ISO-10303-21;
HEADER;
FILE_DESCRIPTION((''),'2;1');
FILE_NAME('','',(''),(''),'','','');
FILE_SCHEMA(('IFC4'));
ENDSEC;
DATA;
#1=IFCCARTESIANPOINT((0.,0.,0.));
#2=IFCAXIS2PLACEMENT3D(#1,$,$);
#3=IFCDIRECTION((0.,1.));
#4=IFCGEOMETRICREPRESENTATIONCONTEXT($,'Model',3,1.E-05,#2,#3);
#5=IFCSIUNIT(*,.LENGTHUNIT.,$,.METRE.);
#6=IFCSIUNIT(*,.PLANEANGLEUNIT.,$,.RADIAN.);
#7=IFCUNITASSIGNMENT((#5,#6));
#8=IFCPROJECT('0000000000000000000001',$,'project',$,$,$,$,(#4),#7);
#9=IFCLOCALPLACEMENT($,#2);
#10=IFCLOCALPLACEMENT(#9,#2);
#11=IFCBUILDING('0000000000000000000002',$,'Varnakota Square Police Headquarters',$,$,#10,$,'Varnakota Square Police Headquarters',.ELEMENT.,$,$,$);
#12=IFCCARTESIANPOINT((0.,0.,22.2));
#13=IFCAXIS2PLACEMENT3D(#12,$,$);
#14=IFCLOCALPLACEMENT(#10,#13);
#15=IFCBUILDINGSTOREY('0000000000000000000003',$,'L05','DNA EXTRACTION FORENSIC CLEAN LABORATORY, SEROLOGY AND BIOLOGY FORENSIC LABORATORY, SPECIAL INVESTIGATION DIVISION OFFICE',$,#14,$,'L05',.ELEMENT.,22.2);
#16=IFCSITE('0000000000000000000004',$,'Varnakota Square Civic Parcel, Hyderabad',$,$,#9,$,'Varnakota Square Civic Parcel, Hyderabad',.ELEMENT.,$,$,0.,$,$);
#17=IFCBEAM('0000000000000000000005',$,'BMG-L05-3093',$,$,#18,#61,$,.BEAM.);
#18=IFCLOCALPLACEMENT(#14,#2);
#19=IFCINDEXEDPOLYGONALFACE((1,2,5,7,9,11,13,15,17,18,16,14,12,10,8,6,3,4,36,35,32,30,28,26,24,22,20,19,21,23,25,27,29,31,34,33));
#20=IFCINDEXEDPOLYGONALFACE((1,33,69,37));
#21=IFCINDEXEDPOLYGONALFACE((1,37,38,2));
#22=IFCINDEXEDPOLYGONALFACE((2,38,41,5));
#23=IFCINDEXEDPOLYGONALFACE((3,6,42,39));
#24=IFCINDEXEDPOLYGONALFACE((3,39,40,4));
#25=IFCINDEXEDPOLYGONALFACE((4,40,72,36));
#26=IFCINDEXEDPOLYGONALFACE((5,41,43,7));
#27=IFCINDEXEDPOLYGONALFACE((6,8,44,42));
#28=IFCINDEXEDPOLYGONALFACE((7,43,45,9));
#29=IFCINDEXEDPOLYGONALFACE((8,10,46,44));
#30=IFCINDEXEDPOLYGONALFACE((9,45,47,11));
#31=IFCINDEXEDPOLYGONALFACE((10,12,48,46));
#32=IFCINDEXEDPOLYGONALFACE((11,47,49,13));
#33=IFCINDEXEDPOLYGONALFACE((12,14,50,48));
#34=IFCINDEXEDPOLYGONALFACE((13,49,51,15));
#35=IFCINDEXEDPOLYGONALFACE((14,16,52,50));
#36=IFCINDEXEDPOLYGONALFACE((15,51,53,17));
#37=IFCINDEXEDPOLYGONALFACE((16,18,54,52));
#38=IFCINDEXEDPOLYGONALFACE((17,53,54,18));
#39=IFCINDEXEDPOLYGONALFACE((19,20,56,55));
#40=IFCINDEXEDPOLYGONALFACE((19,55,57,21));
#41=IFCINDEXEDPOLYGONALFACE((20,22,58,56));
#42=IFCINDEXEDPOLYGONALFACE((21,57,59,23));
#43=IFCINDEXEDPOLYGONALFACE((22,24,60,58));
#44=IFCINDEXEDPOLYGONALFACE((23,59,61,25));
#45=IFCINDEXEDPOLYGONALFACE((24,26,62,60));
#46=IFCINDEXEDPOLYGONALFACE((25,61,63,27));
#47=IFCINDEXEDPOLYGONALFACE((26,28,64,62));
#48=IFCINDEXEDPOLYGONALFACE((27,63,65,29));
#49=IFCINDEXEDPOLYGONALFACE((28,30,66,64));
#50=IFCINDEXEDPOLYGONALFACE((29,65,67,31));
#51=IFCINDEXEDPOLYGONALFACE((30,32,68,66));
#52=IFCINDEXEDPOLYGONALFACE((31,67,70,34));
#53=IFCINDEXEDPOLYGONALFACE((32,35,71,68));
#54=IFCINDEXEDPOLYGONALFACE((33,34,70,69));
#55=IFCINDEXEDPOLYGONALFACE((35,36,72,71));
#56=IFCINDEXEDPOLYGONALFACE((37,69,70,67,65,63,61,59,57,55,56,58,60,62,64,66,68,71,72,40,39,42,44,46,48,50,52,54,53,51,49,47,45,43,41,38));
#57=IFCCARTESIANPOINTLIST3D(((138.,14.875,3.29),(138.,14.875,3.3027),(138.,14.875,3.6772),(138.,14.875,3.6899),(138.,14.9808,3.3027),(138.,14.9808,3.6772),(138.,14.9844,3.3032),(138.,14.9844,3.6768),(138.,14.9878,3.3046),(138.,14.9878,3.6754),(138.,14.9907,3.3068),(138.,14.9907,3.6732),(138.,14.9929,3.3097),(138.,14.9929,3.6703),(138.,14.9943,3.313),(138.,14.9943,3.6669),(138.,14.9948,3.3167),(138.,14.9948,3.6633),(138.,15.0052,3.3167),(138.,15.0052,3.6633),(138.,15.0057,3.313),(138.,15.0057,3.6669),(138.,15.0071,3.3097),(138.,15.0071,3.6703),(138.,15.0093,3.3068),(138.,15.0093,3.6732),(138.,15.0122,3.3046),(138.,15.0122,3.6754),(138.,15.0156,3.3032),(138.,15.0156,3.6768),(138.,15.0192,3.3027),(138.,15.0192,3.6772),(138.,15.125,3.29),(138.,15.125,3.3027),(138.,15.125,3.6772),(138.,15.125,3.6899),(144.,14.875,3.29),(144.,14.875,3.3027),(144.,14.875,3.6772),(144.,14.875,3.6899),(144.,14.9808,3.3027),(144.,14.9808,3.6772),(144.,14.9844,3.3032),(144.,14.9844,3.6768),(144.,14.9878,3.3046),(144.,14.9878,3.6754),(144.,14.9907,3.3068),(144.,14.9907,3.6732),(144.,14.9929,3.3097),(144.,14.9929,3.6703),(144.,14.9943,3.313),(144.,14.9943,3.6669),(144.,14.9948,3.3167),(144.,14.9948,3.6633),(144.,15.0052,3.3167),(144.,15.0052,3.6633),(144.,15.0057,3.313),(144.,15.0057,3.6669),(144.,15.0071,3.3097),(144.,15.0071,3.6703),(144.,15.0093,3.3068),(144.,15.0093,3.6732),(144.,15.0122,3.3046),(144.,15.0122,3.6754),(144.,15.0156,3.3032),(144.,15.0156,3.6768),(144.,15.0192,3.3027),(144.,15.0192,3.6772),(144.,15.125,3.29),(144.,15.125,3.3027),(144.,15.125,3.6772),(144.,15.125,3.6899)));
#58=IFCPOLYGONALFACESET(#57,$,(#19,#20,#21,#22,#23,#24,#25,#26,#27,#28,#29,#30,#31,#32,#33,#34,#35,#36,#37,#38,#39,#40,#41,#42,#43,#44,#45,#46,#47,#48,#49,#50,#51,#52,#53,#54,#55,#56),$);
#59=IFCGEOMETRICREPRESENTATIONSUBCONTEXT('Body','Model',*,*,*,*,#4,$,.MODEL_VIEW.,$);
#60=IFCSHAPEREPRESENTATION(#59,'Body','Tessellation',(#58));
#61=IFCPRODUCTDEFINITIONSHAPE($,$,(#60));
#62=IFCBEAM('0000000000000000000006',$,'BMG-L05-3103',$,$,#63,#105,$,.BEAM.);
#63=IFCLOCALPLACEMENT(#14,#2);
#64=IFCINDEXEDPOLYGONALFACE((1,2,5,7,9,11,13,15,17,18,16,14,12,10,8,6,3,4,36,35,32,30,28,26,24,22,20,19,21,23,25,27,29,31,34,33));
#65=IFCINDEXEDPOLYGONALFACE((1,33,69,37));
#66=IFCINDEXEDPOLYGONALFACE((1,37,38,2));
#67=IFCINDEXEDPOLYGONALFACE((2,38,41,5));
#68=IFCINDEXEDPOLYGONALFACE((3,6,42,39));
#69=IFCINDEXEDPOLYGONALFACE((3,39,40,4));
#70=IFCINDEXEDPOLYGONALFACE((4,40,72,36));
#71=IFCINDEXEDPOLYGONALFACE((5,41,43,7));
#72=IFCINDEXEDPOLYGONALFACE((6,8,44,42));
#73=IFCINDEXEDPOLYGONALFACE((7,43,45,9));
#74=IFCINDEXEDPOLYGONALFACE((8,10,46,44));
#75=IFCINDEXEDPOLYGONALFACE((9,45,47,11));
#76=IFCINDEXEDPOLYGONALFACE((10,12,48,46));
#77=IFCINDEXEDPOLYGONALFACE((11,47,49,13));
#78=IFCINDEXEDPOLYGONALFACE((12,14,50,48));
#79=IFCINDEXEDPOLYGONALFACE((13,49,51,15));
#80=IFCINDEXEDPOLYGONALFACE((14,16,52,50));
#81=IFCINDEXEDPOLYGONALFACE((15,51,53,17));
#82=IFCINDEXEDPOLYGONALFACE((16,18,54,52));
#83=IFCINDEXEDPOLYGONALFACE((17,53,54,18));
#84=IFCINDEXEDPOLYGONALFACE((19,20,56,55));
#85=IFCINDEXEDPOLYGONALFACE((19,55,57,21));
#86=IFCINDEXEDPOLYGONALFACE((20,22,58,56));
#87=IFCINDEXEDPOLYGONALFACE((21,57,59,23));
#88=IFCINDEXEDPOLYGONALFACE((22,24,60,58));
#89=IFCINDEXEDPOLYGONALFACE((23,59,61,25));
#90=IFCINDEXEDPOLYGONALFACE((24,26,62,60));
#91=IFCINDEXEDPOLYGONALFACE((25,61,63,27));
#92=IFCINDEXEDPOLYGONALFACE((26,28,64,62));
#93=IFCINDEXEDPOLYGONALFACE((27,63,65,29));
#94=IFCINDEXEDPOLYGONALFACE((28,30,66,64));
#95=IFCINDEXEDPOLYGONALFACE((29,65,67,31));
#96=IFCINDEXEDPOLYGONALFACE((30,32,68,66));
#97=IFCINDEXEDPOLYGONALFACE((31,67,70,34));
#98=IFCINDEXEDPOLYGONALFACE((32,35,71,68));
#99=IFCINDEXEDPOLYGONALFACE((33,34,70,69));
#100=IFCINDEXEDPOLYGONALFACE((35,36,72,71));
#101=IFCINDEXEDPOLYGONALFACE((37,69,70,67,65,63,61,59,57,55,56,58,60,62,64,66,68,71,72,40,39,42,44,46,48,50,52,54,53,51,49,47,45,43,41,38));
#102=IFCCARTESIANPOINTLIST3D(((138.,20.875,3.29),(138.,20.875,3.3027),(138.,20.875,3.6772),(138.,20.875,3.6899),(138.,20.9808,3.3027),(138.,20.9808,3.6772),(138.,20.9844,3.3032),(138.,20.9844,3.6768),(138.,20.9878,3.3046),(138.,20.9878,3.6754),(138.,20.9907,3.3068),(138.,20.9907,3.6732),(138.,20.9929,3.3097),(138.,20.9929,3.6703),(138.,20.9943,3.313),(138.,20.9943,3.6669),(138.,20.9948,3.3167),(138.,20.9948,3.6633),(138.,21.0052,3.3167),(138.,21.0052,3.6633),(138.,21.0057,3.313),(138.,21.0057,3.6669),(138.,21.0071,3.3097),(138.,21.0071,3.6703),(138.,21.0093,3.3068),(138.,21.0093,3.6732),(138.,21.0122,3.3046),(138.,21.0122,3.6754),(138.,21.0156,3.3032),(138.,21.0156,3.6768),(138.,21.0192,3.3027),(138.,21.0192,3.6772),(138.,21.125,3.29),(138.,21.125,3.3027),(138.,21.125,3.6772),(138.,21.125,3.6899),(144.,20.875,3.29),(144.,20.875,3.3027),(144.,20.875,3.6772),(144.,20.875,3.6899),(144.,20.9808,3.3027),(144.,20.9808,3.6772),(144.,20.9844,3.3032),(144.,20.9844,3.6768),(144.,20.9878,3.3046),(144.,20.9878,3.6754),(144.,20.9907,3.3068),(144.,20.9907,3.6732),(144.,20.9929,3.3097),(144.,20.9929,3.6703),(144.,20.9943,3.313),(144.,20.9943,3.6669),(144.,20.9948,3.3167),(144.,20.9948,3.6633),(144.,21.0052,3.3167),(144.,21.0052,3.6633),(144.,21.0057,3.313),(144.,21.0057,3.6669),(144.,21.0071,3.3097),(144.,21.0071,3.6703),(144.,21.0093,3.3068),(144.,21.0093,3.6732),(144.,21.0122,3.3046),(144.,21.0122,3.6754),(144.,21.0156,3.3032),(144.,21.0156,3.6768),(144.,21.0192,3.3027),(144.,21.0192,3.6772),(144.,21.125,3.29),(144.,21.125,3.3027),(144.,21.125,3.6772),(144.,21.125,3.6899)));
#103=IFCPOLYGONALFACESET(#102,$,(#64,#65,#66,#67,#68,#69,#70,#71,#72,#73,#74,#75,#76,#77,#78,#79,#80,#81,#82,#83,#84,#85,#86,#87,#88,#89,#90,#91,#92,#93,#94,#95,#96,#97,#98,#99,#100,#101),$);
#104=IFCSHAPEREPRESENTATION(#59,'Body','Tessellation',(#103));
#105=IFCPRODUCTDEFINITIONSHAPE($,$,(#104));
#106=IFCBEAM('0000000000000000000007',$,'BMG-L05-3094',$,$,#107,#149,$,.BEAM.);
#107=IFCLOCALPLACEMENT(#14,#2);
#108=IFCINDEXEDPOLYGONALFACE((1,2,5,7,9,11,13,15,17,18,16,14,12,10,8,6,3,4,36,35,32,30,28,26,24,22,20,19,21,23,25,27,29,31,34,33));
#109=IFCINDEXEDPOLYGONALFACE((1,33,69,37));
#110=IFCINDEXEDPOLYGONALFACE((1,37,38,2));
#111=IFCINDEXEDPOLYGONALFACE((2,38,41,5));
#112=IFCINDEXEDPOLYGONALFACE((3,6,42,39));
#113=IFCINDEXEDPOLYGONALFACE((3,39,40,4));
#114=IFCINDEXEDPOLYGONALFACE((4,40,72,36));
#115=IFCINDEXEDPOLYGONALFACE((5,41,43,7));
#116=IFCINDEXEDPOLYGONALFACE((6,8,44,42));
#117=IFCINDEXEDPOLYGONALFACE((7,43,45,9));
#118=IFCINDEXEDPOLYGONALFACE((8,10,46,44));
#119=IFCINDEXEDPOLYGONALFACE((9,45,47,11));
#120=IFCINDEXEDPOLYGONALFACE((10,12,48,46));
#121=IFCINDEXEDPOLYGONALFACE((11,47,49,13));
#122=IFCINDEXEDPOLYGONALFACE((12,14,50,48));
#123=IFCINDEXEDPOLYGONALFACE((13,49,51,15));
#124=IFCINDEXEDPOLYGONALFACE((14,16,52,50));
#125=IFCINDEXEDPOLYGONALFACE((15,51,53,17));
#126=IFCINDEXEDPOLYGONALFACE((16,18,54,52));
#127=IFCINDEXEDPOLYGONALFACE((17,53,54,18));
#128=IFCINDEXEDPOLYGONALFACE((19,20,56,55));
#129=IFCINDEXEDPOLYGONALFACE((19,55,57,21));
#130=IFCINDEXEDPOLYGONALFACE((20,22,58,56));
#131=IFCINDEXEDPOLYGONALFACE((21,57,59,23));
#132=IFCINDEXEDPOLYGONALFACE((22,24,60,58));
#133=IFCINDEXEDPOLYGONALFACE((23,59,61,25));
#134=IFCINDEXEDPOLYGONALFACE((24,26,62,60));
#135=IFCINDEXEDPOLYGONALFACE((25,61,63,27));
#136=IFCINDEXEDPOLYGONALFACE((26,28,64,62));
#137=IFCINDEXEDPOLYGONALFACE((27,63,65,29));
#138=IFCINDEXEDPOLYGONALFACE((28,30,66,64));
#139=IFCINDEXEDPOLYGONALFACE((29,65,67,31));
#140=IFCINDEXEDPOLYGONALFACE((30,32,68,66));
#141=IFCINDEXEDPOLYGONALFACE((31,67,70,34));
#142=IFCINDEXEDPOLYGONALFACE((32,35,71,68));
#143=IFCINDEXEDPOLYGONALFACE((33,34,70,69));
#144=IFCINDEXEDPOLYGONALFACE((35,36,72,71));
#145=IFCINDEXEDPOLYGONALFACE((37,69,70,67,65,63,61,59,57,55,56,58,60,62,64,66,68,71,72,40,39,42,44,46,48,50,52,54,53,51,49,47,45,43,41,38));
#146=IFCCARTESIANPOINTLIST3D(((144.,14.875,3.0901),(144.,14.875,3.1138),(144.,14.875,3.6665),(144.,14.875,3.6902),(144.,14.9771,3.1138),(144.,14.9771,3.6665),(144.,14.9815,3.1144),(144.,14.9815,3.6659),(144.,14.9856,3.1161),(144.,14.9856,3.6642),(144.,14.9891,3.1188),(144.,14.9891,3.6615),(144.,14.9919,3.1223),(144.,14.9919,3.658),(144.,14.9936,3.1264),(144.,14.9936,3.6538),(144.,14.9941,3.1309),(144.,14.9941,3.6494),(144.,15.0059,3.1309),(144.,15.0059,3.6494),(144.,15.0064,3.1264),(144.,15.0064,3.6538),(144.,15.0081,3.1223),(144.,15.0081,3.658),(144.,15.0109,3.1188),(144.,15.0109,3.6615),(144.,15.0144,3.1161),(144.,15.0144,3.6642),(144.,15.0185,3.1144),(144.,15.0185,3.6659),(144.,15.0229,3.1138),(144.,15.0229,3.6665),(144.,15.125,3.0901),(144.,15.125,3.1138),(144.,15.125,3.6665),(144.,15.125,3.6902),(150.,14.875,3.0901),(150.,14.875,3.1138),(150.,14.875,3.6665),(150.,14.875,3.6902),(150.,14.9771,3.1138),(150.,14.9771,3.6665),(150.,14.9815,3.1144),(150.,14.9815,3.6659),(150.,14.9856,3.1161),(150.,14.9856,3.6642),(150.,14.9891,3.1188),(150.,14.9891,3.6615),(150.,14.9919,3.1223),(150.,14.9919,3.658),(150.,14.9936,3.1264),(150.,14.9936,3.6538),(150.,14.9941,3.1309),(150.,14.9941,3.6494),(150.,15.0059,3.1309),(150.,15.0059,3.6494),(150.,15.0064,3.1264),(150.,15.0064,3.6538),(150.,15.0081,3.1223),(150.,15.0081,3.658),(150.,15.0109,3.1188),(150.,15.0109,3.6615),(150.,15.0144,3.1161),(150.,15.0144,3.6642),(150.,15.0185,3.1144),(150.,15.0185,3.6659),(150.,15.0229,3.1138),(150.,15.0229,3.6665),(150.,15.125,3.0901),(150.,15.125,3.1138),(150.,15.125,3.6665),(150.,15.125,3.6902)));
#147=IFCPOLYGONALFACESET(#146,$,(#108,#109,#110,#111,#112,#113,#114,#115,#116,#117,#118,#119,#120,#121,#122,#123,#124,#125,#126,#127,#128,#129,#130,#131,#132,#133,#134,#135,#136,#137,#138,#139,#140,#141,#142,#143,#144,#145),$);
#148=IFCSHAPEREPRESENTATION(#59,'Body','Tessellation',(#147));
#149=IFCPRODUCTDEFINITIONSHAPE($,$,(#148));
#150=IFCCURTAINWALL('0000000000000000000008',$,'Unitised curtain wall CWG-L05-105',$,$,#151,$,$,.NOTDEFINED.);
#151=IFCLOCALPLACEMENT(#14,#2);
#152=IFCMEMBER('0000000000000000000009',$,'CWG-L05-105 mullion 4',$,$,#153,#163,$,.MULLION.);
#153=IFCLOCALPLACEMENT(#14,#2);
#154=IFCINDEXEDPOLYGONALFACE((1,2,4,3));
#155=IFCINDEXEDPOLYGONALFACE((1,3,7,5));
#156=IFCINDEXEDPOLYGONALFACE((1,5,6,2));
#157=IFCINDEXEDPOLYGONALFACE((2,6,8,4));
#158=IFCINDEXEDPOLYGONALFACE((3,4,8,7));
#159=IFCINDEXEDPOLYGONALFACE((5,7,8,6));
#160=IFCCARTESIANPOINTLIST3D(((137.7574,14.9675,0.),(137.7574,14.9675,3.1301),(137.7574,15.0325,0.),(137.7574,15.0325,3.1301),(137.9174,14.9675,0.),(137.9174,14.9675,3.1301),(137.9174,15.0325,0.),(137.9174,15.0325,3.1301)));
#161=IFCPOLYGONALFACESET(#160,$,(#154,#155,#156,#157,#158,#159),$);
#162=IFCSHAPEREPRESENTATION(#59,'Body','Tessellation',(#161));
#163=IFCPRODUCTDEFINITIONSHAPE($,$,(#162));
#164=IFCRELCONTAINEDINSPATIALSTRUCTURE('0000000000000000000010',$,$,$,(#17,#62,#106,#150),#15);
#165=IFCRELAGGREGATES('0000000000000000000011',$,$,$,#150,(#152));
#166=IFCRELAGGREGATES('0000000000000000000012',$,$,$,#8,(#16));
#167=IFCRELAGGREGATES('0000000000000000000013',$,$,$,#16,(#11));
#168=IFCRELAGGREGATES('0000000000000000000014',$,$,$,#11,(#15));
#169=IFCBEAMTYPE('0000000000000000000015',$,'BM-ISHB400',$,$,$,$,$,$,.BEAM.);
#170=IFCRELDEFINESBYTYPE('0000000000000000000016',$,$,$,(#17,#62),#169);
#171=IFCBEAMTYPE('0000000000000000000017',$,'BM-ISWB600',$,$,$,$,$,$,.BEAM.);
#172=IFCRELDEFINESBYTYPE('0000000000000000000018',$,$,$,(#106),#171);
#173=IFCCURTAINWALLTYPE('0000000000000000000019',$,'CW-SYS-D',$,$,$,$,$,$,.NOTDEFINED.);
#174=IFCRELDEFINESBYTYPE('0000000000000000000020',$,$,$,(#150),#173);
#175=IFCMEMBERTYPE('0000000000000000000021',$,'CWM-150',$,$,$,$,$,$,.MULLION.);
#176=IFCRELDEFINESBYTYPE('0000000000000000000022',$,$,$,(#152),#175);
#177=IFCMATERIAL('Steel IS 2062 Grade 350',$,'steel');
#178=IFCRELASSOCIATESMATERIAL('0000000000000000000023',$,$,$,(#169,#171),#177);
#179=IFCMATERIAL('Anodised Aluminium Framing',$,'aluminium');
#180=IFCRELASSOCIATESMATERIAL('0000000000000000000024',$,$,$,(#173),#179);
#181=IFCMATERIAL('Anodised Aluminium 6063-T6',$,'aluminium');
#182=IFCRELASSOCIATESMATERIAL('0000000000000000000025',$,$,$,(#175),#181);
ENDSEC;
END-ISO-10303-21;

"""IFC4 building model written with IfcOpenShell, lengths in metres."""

from ifc_helpers import new_model, si_unit, direction, frame, origin, origin_2d, place, context, subcontext, project, spatial, rectangle, i_section, extrude, material, material_profile, profile_set, type_object, element, aggregate, save


model = new_model("IFC4")

# Units and contexts
model_context = context("Model", 3, precision=1e-05, world=origin(), true_north=direction((0.0, 1.0)))
body_context = subcontext(model_context, "Body", "Model", "MODEL_VIEW")
ifc_project = project(units=[si_unit("LENGTHUNIT", "METRE"), si_unit("PLANEANGLEUNIT", "RADIAN")], contexts=[model_context])

# Site, building, storey
site_placement = place(None, origin())
site = spatial("IfcSite", under=ifc_project, at=site_placement, Name="Varnakota Square Civic Parcel, Hyderabad", LongName="Varnakota Square Civic Parcel, Hyderabad", CompositionType="ELEMENT", RefElevation=0.0)
building_placement = place(site_placement, origin())
building = spatial("IfcBuilding", under=site, at=building_placement, Name="Varnakota Square Police Headquarters", LongName="Varnakota Square Police Headquarters", CompositionType="ELEMENT")
storey_placement = place(building_placement, frame((0.0, 0.0, 22.2)))
storey = spatial("IfcBuildingStorey", under=building, at=storey_placement, Name="L05", Description="DNA EXTRACTION FORENSIC CLEAN LABORATORY, SEROLOGY AND BIOLOGY FORENSIC LABORATORY, SPECIAL INVESTIGATION DIVISION OFFICE", LongName="L05", CompositionType="ELEMENT", Elevation=22.2)

# Shared definitions
ifc_material_1 = material(Name="Steel IS 2062 Grade 350", Category="steel")

# Beams
ifc_material_profile_1 = material_profile(ifc_material_1, i_section(OverallWidth=0.25, OverallDepth=0.3999, WebThickness=0.0105, FlangeThickness=0.0127, FilletRadius=0.0139, at=origin_2d()), Name="ISHB 400")
ifc_profile_set_1 = profile_set([ifc_material_profile_1], Name="Steel IS 2062 Grade 350")
beam_type_1 = type_object("IfcBeamType", Name="BM-ISHB400", PredefinedType="BEAM", material=ifc_profile_set_1)
for number, where, z_axis, x_axis, name in (
    (1, (138.0, 15.0, 3.49), (1.0, 0.0, 0.0), (0.0, 1.0, 0.0), "BMG-L05-3093"),
    (2, (138.0, 21.0, 3.49), (1.0, 0.0, 0.0), (0.0, 1.0, 0.0), "BMG-L05-3103"),
):
    element("IfcBeam", number, at=place(storey_placement, frame(where, z_axis=z_axis, x_axis=x_axis)), inside=storey, type_object=beam_type_1, Name=name, PredefinedType="BEAM", context=body_context, shape_type="SweptSolid", body=[
        extrude(i_section(OverallWidth=0.25, OverallDepth=0.3999, WebThickness=0.0105, FlangeThickness=0.0127, FilletRadius=0.0139, at=origin_2d()), origin(), (0.0, 0.0, 1.0), 6.0),
    ])
ifc_material_profile_2 = material_profile(ifc_material_1, i_section(OverallWidth=0.25, OverallDepth=0.6001, WebThickness=0.0117, FlangeThickness=0.0237, FilletRadius=0.0171, at=origin_2d()), Name="ISWB 600")
ifc_profile_set_2 = profile_set([ifc_material_profile_2], Name="Steel IS 2062 Grade 350")
beam_type_2 = type_object("IfcBeamType", Name="BM-ISWB600", PredefinedType="BEAM", material=ifc_profile_set_2)
beam_1_placement = place(storey_placement, frame((144.0, 15.0, 3.3901), z_axis=(1.0, 0.0, 0.0), x_axis=(0.0, 1.0, 0.0)))
element("IfcBeam", 3, at=beam_1_placement, inside=storey, type_object=beam_type_2, Name="BMG-L05-3094", PredefinedType="BEAM", context=body_context, shape_type="SweptSolid", body=[
    extrude(i_section(OverallWidth=0.25, OverallDepth=0.6001, WebThickness=0.0117, FlangeThickness=0.0237, FilletRadius=0.0171, at=origin_2d()), origin(), (0.0, 0.0, 1.0), 6.0),
])

# Curtain wall, member
ifc_material_2 = material(Name="Anodised Aluminium Framing", Category="aluminium")
curtain_wall_type = type_object("IfcCurtainWallType", Name="CW-SYS-D", PredefinedType="NOTDEFINED", material=ifc_material_2)
curtain_wall_placement = place(storey_placement, origin())
curtain_wall = element("IfcCurtainWall", 4, at=curtain_wall_placement, inside=storey, type_object=curtain_wall_type, Name="Unitised curtain wall CWG-L05-105", PredefinedType="NOTDEFINED")
ifc_material_3 = material(Name="Anodised Aluminium 6063-T6", Category="aluminium")
ifc_material_profile_3 = material_profile(ifc_material_3, rectangle(XDim=0.0649, YDim=0.1599, at=origin_2d()), Name="ALU MULLION 65x160")
ifc_profile_set_3 = profile_set([ifc_material_profile_3], Name="Anodised Aluminium 6063-T6")
member_type_1 = type_object("IfcMemberType", Name="CWM-150", PredefinedType="MULLION", material=ifc_profile_set_3)
member_placement = place(storey_placement, frame((137.8374, 15.0, 0.0), z_axis=(0.0, 0.0, 1.0), x_axis=(0.0, 1.0, 0.0)))
member = element("IfcMember", 5, at=member_placement, type_object=member_type_1, Name="CWG-L05-105 mullion 4", PredefinedType="MULLION", context=body_context, shape_type="SweptSolid", body=[
    extrude(rectangle(XDim=0.0649, YDim=0.1599, at=origin_2d()), origin(), (0.0, 0.0, 1.0), 3.1301),
])
aggregate(curtain_wall, [member])

save(model, "model.ifc")
